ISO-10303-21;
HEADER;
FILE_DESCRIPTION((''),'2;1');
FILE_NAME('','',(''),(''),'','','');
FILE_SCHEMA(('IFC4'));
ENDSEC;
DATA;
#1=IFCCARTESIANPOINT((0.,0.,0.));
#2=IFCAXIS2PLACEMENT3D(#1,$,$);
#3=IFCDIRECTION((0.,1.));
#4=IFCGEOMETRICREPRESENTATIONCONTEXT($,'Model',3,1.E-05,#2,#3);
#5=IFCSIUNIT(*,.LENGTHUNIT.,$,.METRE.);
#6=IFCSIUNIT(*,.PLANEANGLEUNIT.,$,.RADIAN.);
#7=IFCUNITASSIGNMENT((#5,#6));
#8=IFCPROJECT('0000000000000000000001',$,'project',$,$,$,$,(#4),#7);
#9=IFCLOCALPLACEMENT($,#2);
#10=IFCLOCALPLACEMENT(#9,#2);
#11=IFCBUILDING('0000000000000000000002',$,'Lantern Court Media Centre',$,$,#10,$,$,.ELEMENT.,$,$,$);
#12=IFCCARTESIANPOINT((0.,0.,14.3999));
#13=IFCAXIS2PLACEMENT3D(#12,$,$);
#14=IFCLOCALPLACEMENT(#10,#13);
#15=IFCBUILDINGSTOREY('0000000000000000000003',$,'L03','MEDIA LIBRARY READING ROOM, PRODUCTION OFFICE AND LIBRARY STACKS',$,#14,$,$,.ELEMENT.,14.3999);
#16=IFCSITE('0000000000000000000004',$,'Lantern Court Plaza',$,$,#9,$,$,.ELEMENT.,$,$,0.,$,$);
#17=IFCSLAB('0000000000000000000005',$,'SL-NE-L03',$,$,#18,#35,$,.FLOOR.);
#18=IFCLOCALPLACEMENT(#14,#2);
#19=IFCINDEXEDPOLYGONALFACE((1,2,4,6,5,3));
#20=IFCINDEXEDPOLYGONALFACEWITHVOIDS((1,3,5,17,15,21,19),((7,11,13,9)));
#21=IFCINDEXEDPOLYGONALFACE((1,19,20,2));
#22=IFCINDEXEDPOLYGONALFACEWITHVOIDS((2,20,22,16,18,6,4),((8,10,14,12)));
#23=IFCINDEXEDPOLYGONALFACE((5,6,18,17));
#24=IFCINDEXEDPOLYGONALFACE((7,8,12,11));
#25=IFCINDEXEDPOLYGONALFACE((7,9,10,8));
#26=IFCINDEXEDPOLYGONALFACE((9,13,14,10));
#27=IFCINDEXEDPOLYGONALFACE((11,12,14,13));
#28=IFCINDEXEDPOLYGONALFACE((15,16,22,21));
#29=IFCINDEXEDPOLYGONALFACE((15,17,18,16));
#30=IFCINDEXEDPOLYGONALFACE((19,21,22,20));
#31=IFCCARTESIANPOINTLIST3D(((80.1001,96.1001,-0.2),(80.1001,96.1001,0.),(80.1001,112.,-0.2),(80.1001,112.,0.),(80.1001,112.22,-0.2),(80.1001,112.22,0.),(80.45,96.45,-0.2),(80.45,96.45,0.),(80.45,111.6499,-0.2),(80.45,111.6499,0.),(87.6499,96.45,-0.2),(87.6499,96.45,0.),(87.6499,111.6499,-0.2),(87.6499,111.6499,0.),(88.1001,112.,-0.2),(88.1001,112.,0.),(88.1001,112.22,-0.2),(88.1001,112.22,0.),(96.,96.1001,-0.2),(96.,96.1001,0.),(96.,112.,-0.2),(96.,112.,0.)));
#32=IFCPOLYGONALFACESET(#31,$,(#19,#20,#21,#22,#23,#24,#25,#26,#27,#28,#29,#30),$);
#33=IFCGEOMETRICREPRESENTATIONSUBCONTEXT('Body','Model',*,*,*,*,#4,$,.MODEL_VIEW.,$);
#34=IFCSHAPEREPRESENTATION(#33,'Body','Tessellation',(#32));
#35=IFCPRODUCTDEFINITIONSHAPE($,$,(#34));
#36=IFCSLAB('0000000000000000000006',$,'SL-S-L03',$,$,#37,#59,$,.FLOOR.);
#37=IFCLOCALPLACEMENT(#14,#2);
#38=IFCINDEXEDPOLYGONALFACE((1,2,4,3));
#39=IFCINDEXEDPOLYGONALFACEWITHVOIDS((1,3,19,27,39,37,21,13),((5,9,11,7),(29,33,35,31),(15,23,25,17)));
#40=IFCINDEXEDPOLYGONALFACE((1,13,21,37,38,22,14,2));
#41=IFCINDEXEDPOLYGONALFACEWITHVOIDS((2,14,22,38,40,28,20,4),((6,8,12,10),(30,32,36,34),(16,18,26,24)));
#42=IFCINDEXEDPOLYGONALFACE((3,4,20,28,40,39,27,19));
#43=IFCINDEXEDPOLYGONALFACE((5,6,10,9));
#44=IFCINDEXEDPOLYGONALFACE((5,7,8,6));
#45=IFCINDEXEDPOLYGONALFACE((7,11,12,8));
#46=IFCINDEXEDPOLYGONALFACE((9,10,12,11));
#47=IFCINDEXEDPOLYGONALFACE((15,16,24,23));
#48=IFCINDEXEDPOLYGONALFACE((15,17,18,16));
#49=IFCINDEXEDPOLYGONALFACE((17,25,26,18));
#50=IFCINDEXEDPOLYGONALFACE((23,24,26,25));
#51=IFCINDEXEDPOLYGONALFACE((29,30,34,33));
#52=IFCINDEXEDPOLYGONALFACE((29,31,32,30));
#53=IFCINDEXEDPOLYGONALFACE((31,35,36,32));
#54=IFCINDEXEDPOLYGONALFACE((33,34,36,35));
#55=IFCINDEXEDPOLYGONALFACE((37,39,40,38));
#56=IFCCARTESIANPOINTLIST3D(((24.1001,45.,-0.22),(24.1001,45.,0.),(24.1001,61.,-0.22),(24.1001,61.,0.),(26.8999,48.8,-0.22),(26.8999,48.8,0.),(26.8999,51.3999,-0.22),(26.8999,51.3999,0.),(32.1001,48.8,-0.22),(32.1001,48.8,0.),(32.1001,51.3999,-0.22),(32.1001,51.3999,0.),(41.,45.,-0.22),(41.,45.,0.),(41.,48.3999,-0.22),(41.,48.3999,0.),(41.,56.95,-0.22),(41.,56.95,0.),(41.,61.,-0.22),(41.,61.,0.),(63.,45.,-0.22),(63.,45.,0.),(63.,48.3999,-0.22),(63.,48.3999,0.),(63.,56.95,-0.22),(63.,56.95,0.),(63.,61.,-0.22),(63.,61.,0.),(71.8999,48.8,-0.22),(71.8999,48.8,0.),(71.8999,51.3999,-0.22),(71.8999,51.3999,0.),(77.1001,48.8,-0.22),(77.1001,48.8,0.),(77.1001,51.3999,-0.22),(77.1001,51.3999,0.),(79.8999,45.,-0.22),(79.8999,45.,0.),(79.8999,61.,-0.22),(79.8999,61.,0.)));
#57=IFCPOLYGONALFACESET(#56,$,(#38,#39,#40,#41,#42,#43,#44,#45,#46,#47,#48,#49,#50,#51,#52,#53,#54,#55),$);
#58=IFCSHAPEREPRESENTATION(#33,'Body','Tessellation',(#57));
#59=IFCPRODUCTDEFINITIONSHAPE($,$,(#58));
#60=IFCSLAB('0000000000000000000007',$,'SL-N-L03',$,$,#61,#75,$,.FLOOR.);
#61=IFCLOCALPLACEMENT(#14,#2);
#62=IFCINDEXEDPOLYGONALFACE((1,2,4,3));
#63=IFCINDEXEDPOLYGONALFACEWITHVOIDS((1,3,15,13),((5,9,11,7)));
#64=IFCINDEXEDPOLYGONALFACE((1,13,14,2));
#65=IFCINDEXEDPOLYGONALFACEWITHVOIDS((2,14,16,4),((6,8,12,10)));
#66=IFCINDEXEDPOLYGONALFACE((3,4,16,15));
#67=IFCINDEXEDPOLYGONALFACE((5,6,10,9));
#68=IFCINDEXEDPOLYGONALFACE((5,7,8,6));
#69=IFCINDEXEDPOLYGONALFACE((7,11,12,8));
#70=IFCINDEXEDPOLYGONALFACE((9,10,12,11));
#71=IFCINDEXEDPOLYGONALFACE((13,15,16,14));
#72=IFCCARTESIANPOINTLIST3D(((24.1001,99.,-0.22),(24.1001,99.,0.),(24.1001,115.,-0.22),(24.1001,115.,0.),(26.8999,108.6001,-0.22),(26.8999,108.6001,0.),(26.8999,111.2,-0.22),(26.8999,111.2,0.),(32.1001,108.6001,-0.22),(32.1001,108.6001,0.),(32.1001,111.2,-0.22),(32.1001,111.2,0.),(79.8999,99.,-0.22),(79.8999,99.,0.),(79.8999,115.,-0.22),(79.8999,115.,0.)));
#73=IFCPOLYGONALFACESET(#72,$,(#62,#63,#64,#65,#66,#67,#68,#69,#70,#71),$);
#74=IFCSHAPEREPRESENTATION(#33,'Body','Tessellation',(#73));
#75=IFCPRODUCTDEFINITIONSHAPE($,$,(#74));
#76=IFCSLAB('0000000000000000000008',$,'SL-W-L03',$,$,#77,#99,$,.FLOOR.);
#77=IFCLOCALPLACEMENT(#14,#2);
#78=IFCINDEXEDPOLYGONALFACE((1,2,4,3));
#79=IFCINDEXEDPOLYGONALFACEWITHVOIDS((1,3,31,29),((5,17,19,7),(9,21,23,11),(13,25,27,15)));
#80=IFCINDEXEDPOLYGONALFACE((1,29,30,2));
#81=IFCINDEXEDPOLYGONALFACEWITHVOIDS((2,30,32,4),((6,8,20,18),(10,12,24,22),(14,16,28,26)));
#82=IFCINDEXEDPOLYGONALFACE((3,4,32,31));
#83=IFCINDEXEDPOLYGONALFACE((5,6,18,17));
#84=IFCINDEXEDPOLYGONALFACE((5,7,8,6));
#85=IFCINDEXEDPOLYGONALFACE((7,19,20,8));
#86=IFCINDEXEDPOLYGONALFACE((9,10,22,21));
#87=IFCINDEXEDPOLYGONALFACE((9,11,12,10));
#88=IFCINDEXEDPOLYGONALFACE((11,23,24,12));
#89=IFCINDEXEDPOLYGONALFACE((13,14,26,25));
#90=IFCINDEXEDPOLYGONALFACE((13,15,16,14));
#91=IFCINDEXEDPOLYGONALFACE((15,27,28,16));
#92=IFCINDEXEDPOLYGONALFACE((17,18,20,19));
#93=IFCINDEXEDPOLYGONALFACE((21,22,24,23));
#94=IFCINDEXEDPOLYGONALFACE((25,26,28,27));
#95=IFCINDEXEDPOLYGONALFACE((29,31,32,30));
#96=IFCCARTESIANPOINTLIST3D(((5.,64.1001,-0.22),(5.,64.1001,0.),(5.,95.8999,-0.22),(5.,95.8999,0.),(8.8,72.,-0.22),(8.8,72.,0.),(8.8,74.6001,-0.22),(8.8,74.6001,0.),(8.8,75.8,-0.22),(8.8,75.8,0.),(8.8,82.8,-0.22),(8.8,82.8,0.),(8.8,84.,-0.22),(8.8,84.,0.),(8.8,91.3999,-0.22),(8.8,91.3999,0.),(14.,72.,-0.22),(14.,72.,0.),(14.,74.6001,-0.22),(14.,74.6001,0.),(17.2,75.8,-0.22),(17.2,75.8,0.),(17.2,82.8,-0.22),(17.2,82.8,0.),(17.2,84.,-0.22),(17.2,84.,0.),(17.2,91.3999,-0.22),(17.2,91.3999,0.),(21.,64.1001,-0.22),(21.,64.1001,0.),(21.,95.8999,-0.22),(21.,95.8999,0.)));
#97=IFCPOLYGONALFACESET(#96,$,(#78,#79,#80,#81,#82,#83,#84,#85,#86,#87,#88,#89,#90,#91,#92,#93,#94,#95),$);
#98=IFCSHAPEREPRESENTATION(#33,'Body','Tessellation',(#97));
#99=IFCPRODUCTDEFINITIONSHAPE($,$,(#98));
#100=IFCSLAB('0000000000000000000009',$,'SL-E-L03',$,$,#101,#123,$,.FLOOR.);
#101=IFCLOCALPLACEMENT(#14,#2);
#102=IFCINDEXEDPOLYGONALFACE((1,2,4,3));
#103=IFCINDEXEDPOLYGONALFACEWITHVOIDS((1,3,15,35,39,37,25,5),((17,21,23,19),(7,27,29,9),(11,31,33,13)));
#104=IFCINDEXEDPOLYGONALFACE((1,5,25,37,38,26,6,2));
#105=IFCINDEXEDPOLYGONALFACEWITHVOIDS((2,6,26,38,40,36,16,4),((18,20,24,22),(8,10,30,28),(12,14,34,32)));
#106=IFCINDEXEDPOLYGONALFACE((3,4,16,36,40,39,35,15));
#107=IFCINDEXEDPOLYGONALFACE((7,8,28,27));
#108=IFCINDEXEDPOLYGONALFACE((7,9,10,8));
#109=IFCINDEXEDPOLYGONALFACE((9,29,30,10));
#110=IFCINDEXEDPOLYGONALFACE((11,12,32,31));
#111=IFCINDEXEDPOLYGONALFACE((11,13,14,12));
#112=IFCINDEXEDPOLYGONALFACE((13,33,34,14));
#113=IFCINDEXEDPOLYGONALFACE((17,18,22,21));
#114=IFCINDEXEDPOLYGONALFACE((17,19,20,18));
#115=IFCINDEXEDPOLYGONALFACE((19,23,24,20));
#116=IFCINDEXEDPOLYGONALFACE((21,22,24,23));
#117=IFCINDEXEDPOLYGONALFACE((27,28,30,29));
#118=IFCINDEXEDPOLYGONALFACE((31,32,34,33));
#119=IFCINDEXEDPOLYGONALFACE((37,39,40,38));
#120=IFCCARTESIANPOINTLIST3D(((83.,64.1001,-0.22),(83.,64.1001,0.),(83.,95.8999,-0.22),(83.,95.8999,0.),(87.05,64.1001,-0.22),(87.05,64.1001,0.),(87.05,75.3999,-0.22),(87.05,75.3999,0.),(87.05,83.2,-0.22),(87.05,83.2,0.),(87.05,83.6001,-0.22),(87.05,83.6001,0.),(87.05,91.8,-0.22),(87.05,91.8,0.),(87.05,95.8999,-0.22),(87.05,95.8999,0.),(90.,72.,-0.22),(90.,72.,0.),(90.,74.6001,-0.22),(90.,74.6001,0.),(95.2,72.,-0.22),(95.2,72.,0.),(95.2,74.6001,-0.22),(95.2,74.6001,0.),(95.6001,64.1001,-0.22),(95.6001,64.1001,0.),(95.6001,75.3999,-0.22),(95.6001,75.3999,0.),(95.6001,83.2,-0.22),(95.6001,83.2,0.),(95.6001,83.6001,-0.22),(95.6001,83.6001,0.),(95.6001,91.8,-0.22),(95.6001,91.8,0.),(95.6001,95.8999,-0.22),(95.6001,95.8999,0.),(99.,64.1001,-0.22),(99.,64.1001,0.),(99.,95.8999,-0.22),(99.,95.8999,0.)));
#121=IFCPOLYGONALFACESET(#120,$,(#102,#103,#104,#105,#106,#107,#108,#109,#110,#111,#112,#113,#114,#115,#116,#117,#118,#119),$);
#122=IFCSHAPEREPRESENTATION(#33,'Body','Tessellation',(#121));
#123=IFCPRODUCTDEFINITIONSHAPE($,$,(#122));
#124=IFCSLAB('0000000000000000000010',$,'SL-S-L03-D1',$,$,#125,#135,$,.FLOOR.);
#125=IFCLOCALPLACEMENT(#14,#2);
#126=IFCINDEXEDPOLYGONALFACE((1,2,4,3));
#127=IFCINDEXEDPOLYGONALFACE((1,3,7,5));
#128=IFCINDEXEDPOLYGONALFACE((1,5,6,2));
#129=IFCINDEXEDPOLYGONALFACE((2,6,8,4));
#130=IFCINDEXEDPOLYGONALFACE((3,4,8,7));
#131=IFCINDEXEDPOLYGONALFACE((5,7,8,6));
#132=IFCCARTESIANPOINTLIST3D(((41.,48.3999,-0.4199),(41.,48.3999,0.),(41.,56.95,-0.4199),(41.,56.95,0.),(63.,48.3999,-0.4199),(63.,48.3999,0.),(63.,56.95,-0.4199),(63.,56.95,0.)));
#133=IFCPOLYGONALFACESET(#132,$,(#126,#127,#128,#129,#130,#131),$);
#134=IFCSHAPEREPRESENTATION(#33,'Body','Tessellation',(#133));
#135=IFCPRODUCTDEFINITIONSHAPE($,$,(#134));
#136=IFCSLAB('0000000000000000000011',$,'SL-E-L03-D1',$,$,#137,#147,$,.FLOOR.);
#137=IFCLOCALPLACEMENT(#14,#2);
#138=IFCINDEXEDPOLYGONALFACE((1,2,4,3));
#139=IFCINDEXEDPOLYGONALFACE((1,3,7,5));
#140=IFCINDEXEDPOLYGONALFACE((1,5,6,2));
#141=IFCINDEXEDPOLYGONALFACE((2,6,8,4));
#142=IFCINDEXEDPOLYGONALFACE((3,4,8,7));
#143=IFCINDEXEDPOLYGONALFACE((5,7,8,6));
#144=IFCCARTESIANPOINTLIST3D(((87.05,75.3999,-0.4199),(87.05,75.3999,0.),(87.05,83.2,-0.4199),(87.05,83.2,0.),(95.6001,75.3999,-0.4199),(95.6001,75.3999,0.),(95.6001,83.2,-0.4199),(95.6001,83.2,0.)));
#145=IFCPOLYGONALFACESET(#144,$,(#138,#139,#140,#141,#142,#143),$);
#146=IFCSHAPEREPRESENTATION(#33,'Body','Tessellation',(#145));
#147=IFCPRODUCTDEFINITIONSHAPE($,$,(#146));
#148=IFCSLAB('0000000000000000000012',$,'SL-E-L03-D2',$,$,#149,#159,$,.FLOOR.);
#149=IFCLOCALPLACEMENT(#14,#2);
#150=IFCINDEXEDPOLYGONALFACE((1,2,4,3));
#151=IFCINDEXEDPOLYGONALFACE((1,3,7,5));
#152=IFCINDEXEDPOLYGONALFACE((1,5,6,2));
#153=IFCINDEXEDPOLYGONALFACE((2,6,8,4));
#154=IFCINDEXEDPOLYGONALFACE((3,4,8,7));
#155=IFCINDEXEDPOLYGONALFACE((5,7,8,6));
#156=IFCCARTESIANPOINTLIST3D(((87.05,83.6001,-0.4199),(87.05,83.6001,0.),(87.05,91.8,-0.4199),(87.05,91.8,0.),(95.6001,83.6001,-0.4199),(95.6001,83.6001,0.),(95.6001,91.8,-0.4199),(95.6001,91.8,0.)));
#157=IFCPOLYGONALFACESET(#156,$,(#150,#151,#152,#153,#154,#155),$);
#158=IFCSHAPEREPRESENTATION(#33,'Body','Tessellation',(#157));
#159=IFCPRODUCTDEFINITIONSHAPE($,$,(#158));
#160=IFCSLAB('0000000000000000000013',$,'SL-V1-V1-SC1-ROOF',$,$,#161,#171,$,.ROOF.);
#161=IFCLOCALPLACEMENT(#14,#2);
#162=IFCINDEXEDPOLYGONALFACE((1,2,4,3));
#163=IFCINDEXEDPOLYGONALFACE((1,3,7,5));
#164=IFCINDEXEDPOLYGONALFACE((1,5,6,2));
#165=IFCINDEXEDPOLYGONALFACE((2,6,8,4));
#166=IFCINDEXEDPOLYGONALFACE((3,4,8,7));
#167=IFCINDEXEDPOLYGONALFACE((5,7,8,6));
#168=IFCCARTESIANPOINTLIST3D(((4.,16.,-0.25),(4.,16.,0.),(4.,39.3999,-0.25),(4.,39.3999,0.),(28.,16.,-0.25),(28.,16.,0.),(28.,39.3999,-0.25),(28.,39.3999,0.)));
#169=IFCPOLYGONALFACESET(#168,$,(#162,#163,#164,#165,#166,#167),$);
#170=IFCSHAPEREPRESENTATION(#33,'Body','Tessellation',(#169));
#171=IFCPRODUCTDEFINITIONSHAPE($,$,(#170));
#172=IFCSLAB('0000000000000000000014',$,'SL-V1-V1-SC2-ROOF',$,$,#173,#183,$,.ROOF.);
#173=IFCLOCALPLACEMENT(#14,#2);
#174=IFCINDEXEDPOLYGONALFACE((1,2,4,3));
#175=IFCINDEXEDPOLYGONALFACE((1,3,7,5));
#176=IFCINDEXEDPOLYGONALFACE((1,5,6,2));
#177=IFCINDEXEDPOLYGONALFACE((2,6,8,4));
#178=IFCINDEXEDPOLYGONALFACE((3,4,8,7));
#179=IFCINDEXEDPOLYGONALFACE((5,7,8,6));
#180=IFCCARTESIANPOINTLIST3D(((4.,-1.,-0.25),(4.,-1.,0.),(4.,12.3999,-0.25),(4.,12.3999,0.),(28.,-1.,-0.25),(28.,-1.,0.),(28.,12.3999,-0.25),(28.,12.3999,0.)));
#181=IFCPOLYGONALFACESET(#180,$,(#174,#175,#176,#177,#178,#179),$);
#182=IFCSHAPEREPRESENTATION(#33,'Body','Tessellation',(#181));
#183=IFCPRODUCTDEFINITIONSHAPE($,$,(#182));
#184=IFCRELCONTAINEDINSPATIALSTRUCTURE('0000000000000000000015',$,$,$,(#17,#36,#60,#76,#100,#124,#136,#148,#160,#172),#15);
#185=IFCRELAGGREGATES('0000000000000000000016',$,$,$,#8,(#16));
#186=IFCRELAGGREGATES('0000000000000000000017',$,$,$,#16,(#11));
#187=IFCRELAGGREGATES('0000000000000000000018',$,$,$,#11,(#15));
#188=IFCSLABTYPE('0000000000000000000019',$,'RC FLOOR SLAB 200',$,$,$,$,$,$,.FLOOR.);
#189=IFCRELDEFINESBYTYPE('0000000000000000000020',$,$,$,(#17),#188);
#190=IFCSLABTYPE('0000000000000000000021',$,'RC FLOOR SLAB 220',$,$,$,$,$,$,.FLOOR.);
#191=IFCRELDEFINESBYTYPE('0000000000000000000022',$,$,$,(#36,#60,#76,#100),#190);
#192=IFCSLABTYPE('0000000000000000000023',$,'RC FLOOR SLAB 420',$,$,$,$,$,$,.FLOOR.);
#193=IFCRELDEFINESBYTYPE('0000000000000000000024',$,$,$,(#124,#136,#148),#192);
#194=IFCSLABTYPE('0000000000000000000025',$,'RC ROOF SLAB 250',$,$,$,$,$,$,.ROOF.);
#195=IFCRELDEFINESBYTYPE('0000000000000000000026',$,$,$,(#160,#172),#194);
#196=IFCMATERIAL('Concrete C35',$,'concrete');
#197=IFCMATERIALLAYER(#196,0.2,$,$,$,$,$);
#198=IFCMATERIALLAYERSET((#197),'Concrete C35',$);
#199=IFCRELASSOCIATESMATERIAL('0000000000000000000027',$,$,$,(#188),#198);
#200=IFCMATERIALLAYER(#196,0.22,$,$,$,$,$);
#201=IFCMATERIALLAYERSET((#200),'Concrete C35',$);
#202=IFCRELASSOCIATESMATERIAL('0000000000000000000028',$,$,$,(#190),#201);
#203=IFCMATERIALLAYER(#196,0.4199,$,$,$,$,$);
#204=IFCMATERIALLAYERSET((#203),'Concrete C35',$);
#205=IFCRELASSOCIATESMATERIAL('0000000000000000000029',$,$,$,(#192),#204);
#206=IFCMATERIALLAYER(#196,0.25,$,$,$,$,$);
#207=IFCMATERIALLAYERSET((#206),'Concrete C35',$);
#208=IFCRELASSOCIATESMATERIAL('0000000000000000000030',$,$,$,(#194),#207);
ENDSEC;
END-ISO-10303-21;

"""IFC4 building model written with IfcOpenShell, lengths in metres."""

from ifc_helpers import new_model, si_unit, direction, frame, origin, place, context, subcontext, project, spatial, polyline, outline, extrude, material, layer, layer_set, type_object, element, save


model = new_model("IFC4")

# Units and contexts
model_context = context("Model", 3, precision=1e-05, world=origin(), true_north=direction((0.0, 1.0)))
body_context = subcontext(model_context, "Body", "Model", "MODEL_VIEW")
ifc_project = project(units=[si_unit("LENGTHUNIT", "METRE"), si_unit("PLANEANGLEUNIT", "RADIAN")], contexts=[model_context])

# Site, building, storey
site_placement = place(None, origin())
site = spatial("IfcSite", under=ifc_project, at=site_placement, Name="Lantern Court Plaza", CompositionType="ELEMENT", RefElevation=0.0)
building_placement = place(site_placement, origin())
building = spatial("IfcBuilding", under=site, at=building_placement, Name="Lantern Court Media Centre", CompositionType="ELEMENT")
storey_placement = place(building_placement, frame((0.0, 0.0, 14.3999)))
storey = spatial("IfcBuildingStorey", under=building, at=storey_placement, Name="L03", Description="MEDIA LIBRARY READING ROOM, PRODUCTION OFFICE AND LIBRARY STACKS", CompositionType="ELEMENT", Elevation=14.3999)

# Slabs
ifc_material_1 = material(Name="Concrete C35", Category="concrete")
ifc_layer_1 = layer(ifc_material_1, 0.2)
ifc_layer_set_1 = layer_set([ifc_layer_1], Name="Concrete C35")
slab_type_1 = type_object("IfcSlabType", Name="RC FLOOR SLAB 200", PredefinedType="FLOOR", material=ifc_layer_set_1)
slab_1_placement = place(storey_placement, frame((0.0, 0.0, -0.2)))
element("IfcSlab", 1, at=slab_1_placement, inside=storey, type_object=slab_type_1, Name="SL-NE-L03", PredefinedType="FLOOR", context=body_context, shape_type="SweptSolid", body=[
    extrude(outline(polyline([(80.1001, 112.0), (80.1001, 112.22), (88.1001, 112.22), (88.1001, 112.0), (96.0, 112.0), (96.0, 96.1001), (80.1001, 96.1001), (80.1001, 112.0)]), holes=[polyline([(80.45, 111.6499), (80.45, 96.45), (87.6499, 96.45), (87.6499, 111.6499), (80.45, 111.6499)])]), origin(), (0.0, 0.0, 1.0), 0.2),
])
ifc_layer_2 = layer(ifc_material_1, 0.22)
ifc_layer_set_2 = layer_set([ifc_layer_2], Name="Concrete C35")
slab_type_2 = type_object("IfcSlabType", Name="RC FLOOR SLAB 220", PredefinedType="FLOOR", material=ifc_layer_set_2)
slab_2_placement = place(storey_placement, frame((0.0, 0.0, -0.22)))
element("IfcSlab", 2, at=slab_2_placement, inside=storey, type_object=slab_type_2, Name="SL-S-L03", PredefinedType="FLOOR", context=body_context, shape_type="SweptSolid", body=[
    extrude(outline(polyline([(41.0, 45.0), (24.1001, 45.0), (24.1001, 61.0), (41.0, 61.0), (63.0, 61.0), (79.8999, 61.0), (79.8999, 45.0), (63.0, 45.0), (41.0, 45.0)]), holes=[polyline([(41.0, 48.3999), (63.0, 48.3999), (63.0, 56.95), (41.0, 56.95), (41.0, 48.3999)]), polyline([(32.1001, 48.8), (32.1001, 51.3999), (26.8999, 51.3999), (26.8999, 48.8), (32.1001, 48.8)]), polyline([(77.1001, 48.8), (77.1001, 51.3999), (71.8999, 51.3999), (71.8999, 48.8), (77.1001, 48.8)])]), origin(), (0.0, 0.0, 1.0), 0.22),
])
slab_3_placement = place(storey_placement, frame((0.0, 0.0, -0.22)))
element("IfcSlab", 3, at=slab_3_placement, inside=storey, type_object=slab_type_2, Name="SL-N-L03", PredefinedType="FLOOR", context=body_context, shape_type="SweptSolid", body=[
    extrude(outline(polyline([(24.1001, 99.0), (24.1001, 115.0), (79.8999, 115.0), (79.8999, 99.0), (24.1001, 99.0)]), holes=[polyline([(32.1001, 111.2), (26.8999, 111.2), (26.8999, 108.6001), (32.1001, 108.6001), (32.1001, 111.2)])]), origin(), (0.0, 0.0, 1.0), 0.22),
])
slab_4_placement = place(storey_placement, frame((0.0, 0.0, -0.22)))
element("IfcSlab", 4, at=slab_4_placement, inside=storey, type_object=slab_type_2, Name="SL-W-L03", PredefinedType="FLOOR", context=body_context, shape_type="SweptSolid", body=[
    extrude(outline(polyline([(5.0, 64.1001), (5.0, 95.8999), (21.0, 95.8999), (21.0, 64.1001), (5.0, 64.1001)]), holes=[polyline([(14.0, 72.0), (14.0, 74.6001), (8.8, 74.6001), (8.8, 72.0), (14.0, 72.0)]), polyline([(8.8, 75.8), (17.2, 75.8), (17.2, 82.8), (8.8, 82.8), (8.8, 75.8)]), polyline([(8.8, 84.0), (17.2, 84.0), (17.2, 91.3999), (8.8, 91.3999), (8.8, 84.0)])]), origin(), (0.0, 0.0, 1.0), 0.22),
])
slab_5_placement = place(storey_placement, frame((0.0, 0.0, -0.22)))
element("IfcSlab", 5, at=slab_5_placement, inside=storey, type_object=slab_type_2, Name="SL-E-L03", PredefinedType="FLOOR", context=body_context, shape_type="SweptSolid", body=[
    extrude(outline(polyline([(87.05, 64.1001), (83.0, 64.1001), (83.0, 95.8999), (87.05, 95.8999), (95.6001, 95.8999), (99.0, 95.8999), (99.0, 64.1001), (95.6001, 64.1001), (87.05, 64.1001)]), holes=[polyline([(87.05, 83.6001), (95.6001, 83.6001), (95.6001, 91.8), (87.05, 91.8), (87.05, 83.6001)]), polyline([(87.05, 75.3999), (95.6001, 75.3999), (95.6001, 83.2), (87.05, 83.2), (87.05, 75.3999)]), polyline([(95.2, 74.6001), (90.0, 74.6001), (90.0, 72.0), (95.2, 72.0), (95.2, 74.6001)])]), origin(), (0.0, 0.0, 1.0), 0.22),
])
ifc_layer_3 = layer(ifc_material_1, 0.4199)
ifc_layer_set_3 = layer_set([ifc_layer_3], Name="Concrete C35")
slab_type_3 = type_object("IfcSlabType", Name="RC FLOOR SLAB 420", PredefinedType="FLOOR", material=ifc_layer_set_3)
slab_6_placement = place(storey_placement, frame((0.0, 0.0, -0.4199)))
element("IfcSlab", 6, at=slab_6_placement, inside=storey, type_object=slab_type_3, Name="SL-S-L03-D1", PredefinedType="FLOOR", context=body_context, shape_type="SweptSolid", body=[
    extrude(outline(polyline([(63.0, 48.3999), (63.0, 56.95), (41.0, 56.95), (41.0, 48.3999), (63.0, 48.3999)])), origin(), (0.0, 0.0, 1.0), 0.4199),
])
slab_7_placement = place(storey_placement, frame((0.0, 0.0, -0.4199)))
element("IfcSlab", 7, at=slab_7_placement, inside=storey, type_object=slab_type_3, Name="SL-E-L03-D1", PredefinedType="FLOOR", context=body_context, shape_type="SweptSolid", body=[
    extrude(outline(polyline([(95.6001, 75.3999), (95.6001, 83.2), (87.05, 83.2), (87.05, 75.3999), (95.6001, 75.3999)])), origin(), (0.0, 0.0, 1.0), 0.4199),
])
slab_8_placement = place(storey_placement, frame((0.0, 0.0, -0.4199)))
element("IfcSlab", 8, at=slab_8_placement, inside=storey, type_object=slab_type_3, Name="SL-E-L03-D2", PredefinedType="FLOOR", context=body_context, shape_type="SweptSolid", body=[
    extrude(outline(polyline([(95.6001, 83.6001), (95.6001, 91.8), (87.05, 91.8), (87.05, 83.6001), (95.6001, 83.6001)])), origin(), (0.0, 0.0, 1.0), 0.4199),
])
ifc_layer_4 = layer(ifc_material_1, 0.25)
ifc_layer_set_4 = layer_set([ifc_layer_4], Name="Concrete C35")
slab_type_4 = type_object("IfcSlabType", Name="RC ROOF SLAB 250", PredefinedType="ROOF", material=ifc_layer_set_4)
slab_9_placement = place(storey_placement, frame((0.0, 0.0, -0.25)))
element("IfcSlab", 9, at=slab_9_placement, inside=storey, type_object=slab_type_4, Name="SL-V1-V1-SC1-ROOF", PredefinedType="ROOF", context=body_context, shape_type="SweptSolid", body=[
    extrude(outline(polyline([(28.0, 16.0), (28.0, 39.3999), (4.0, 39.3999), (4.0, 16.0), (28.0, 16.0)])), origin(), (0.0, 0.0, 1.0), 0.25),
])
slab_10_placement = place(storey_placement, frame((0.0, 0.0, -0.25)))
element("IfcSlab", 10, at=slab_10_placement, inside=storey, type_object=slab_type_4, Name="SL-V1-V1-SC2-ROOF", PredefinedType="ROOF", context=body_context, shape_type="SweptSolid", body=[
    extrude(outline(polyline([(28.0, -1.0), (28.0, 12.3999), (4.0, 12.3999), (4.0, -1.0), (28.0, -1.0)])), origin(), (0.0, 0.0, 1.0), 0.25),
])

save(model, "model.ifc")
